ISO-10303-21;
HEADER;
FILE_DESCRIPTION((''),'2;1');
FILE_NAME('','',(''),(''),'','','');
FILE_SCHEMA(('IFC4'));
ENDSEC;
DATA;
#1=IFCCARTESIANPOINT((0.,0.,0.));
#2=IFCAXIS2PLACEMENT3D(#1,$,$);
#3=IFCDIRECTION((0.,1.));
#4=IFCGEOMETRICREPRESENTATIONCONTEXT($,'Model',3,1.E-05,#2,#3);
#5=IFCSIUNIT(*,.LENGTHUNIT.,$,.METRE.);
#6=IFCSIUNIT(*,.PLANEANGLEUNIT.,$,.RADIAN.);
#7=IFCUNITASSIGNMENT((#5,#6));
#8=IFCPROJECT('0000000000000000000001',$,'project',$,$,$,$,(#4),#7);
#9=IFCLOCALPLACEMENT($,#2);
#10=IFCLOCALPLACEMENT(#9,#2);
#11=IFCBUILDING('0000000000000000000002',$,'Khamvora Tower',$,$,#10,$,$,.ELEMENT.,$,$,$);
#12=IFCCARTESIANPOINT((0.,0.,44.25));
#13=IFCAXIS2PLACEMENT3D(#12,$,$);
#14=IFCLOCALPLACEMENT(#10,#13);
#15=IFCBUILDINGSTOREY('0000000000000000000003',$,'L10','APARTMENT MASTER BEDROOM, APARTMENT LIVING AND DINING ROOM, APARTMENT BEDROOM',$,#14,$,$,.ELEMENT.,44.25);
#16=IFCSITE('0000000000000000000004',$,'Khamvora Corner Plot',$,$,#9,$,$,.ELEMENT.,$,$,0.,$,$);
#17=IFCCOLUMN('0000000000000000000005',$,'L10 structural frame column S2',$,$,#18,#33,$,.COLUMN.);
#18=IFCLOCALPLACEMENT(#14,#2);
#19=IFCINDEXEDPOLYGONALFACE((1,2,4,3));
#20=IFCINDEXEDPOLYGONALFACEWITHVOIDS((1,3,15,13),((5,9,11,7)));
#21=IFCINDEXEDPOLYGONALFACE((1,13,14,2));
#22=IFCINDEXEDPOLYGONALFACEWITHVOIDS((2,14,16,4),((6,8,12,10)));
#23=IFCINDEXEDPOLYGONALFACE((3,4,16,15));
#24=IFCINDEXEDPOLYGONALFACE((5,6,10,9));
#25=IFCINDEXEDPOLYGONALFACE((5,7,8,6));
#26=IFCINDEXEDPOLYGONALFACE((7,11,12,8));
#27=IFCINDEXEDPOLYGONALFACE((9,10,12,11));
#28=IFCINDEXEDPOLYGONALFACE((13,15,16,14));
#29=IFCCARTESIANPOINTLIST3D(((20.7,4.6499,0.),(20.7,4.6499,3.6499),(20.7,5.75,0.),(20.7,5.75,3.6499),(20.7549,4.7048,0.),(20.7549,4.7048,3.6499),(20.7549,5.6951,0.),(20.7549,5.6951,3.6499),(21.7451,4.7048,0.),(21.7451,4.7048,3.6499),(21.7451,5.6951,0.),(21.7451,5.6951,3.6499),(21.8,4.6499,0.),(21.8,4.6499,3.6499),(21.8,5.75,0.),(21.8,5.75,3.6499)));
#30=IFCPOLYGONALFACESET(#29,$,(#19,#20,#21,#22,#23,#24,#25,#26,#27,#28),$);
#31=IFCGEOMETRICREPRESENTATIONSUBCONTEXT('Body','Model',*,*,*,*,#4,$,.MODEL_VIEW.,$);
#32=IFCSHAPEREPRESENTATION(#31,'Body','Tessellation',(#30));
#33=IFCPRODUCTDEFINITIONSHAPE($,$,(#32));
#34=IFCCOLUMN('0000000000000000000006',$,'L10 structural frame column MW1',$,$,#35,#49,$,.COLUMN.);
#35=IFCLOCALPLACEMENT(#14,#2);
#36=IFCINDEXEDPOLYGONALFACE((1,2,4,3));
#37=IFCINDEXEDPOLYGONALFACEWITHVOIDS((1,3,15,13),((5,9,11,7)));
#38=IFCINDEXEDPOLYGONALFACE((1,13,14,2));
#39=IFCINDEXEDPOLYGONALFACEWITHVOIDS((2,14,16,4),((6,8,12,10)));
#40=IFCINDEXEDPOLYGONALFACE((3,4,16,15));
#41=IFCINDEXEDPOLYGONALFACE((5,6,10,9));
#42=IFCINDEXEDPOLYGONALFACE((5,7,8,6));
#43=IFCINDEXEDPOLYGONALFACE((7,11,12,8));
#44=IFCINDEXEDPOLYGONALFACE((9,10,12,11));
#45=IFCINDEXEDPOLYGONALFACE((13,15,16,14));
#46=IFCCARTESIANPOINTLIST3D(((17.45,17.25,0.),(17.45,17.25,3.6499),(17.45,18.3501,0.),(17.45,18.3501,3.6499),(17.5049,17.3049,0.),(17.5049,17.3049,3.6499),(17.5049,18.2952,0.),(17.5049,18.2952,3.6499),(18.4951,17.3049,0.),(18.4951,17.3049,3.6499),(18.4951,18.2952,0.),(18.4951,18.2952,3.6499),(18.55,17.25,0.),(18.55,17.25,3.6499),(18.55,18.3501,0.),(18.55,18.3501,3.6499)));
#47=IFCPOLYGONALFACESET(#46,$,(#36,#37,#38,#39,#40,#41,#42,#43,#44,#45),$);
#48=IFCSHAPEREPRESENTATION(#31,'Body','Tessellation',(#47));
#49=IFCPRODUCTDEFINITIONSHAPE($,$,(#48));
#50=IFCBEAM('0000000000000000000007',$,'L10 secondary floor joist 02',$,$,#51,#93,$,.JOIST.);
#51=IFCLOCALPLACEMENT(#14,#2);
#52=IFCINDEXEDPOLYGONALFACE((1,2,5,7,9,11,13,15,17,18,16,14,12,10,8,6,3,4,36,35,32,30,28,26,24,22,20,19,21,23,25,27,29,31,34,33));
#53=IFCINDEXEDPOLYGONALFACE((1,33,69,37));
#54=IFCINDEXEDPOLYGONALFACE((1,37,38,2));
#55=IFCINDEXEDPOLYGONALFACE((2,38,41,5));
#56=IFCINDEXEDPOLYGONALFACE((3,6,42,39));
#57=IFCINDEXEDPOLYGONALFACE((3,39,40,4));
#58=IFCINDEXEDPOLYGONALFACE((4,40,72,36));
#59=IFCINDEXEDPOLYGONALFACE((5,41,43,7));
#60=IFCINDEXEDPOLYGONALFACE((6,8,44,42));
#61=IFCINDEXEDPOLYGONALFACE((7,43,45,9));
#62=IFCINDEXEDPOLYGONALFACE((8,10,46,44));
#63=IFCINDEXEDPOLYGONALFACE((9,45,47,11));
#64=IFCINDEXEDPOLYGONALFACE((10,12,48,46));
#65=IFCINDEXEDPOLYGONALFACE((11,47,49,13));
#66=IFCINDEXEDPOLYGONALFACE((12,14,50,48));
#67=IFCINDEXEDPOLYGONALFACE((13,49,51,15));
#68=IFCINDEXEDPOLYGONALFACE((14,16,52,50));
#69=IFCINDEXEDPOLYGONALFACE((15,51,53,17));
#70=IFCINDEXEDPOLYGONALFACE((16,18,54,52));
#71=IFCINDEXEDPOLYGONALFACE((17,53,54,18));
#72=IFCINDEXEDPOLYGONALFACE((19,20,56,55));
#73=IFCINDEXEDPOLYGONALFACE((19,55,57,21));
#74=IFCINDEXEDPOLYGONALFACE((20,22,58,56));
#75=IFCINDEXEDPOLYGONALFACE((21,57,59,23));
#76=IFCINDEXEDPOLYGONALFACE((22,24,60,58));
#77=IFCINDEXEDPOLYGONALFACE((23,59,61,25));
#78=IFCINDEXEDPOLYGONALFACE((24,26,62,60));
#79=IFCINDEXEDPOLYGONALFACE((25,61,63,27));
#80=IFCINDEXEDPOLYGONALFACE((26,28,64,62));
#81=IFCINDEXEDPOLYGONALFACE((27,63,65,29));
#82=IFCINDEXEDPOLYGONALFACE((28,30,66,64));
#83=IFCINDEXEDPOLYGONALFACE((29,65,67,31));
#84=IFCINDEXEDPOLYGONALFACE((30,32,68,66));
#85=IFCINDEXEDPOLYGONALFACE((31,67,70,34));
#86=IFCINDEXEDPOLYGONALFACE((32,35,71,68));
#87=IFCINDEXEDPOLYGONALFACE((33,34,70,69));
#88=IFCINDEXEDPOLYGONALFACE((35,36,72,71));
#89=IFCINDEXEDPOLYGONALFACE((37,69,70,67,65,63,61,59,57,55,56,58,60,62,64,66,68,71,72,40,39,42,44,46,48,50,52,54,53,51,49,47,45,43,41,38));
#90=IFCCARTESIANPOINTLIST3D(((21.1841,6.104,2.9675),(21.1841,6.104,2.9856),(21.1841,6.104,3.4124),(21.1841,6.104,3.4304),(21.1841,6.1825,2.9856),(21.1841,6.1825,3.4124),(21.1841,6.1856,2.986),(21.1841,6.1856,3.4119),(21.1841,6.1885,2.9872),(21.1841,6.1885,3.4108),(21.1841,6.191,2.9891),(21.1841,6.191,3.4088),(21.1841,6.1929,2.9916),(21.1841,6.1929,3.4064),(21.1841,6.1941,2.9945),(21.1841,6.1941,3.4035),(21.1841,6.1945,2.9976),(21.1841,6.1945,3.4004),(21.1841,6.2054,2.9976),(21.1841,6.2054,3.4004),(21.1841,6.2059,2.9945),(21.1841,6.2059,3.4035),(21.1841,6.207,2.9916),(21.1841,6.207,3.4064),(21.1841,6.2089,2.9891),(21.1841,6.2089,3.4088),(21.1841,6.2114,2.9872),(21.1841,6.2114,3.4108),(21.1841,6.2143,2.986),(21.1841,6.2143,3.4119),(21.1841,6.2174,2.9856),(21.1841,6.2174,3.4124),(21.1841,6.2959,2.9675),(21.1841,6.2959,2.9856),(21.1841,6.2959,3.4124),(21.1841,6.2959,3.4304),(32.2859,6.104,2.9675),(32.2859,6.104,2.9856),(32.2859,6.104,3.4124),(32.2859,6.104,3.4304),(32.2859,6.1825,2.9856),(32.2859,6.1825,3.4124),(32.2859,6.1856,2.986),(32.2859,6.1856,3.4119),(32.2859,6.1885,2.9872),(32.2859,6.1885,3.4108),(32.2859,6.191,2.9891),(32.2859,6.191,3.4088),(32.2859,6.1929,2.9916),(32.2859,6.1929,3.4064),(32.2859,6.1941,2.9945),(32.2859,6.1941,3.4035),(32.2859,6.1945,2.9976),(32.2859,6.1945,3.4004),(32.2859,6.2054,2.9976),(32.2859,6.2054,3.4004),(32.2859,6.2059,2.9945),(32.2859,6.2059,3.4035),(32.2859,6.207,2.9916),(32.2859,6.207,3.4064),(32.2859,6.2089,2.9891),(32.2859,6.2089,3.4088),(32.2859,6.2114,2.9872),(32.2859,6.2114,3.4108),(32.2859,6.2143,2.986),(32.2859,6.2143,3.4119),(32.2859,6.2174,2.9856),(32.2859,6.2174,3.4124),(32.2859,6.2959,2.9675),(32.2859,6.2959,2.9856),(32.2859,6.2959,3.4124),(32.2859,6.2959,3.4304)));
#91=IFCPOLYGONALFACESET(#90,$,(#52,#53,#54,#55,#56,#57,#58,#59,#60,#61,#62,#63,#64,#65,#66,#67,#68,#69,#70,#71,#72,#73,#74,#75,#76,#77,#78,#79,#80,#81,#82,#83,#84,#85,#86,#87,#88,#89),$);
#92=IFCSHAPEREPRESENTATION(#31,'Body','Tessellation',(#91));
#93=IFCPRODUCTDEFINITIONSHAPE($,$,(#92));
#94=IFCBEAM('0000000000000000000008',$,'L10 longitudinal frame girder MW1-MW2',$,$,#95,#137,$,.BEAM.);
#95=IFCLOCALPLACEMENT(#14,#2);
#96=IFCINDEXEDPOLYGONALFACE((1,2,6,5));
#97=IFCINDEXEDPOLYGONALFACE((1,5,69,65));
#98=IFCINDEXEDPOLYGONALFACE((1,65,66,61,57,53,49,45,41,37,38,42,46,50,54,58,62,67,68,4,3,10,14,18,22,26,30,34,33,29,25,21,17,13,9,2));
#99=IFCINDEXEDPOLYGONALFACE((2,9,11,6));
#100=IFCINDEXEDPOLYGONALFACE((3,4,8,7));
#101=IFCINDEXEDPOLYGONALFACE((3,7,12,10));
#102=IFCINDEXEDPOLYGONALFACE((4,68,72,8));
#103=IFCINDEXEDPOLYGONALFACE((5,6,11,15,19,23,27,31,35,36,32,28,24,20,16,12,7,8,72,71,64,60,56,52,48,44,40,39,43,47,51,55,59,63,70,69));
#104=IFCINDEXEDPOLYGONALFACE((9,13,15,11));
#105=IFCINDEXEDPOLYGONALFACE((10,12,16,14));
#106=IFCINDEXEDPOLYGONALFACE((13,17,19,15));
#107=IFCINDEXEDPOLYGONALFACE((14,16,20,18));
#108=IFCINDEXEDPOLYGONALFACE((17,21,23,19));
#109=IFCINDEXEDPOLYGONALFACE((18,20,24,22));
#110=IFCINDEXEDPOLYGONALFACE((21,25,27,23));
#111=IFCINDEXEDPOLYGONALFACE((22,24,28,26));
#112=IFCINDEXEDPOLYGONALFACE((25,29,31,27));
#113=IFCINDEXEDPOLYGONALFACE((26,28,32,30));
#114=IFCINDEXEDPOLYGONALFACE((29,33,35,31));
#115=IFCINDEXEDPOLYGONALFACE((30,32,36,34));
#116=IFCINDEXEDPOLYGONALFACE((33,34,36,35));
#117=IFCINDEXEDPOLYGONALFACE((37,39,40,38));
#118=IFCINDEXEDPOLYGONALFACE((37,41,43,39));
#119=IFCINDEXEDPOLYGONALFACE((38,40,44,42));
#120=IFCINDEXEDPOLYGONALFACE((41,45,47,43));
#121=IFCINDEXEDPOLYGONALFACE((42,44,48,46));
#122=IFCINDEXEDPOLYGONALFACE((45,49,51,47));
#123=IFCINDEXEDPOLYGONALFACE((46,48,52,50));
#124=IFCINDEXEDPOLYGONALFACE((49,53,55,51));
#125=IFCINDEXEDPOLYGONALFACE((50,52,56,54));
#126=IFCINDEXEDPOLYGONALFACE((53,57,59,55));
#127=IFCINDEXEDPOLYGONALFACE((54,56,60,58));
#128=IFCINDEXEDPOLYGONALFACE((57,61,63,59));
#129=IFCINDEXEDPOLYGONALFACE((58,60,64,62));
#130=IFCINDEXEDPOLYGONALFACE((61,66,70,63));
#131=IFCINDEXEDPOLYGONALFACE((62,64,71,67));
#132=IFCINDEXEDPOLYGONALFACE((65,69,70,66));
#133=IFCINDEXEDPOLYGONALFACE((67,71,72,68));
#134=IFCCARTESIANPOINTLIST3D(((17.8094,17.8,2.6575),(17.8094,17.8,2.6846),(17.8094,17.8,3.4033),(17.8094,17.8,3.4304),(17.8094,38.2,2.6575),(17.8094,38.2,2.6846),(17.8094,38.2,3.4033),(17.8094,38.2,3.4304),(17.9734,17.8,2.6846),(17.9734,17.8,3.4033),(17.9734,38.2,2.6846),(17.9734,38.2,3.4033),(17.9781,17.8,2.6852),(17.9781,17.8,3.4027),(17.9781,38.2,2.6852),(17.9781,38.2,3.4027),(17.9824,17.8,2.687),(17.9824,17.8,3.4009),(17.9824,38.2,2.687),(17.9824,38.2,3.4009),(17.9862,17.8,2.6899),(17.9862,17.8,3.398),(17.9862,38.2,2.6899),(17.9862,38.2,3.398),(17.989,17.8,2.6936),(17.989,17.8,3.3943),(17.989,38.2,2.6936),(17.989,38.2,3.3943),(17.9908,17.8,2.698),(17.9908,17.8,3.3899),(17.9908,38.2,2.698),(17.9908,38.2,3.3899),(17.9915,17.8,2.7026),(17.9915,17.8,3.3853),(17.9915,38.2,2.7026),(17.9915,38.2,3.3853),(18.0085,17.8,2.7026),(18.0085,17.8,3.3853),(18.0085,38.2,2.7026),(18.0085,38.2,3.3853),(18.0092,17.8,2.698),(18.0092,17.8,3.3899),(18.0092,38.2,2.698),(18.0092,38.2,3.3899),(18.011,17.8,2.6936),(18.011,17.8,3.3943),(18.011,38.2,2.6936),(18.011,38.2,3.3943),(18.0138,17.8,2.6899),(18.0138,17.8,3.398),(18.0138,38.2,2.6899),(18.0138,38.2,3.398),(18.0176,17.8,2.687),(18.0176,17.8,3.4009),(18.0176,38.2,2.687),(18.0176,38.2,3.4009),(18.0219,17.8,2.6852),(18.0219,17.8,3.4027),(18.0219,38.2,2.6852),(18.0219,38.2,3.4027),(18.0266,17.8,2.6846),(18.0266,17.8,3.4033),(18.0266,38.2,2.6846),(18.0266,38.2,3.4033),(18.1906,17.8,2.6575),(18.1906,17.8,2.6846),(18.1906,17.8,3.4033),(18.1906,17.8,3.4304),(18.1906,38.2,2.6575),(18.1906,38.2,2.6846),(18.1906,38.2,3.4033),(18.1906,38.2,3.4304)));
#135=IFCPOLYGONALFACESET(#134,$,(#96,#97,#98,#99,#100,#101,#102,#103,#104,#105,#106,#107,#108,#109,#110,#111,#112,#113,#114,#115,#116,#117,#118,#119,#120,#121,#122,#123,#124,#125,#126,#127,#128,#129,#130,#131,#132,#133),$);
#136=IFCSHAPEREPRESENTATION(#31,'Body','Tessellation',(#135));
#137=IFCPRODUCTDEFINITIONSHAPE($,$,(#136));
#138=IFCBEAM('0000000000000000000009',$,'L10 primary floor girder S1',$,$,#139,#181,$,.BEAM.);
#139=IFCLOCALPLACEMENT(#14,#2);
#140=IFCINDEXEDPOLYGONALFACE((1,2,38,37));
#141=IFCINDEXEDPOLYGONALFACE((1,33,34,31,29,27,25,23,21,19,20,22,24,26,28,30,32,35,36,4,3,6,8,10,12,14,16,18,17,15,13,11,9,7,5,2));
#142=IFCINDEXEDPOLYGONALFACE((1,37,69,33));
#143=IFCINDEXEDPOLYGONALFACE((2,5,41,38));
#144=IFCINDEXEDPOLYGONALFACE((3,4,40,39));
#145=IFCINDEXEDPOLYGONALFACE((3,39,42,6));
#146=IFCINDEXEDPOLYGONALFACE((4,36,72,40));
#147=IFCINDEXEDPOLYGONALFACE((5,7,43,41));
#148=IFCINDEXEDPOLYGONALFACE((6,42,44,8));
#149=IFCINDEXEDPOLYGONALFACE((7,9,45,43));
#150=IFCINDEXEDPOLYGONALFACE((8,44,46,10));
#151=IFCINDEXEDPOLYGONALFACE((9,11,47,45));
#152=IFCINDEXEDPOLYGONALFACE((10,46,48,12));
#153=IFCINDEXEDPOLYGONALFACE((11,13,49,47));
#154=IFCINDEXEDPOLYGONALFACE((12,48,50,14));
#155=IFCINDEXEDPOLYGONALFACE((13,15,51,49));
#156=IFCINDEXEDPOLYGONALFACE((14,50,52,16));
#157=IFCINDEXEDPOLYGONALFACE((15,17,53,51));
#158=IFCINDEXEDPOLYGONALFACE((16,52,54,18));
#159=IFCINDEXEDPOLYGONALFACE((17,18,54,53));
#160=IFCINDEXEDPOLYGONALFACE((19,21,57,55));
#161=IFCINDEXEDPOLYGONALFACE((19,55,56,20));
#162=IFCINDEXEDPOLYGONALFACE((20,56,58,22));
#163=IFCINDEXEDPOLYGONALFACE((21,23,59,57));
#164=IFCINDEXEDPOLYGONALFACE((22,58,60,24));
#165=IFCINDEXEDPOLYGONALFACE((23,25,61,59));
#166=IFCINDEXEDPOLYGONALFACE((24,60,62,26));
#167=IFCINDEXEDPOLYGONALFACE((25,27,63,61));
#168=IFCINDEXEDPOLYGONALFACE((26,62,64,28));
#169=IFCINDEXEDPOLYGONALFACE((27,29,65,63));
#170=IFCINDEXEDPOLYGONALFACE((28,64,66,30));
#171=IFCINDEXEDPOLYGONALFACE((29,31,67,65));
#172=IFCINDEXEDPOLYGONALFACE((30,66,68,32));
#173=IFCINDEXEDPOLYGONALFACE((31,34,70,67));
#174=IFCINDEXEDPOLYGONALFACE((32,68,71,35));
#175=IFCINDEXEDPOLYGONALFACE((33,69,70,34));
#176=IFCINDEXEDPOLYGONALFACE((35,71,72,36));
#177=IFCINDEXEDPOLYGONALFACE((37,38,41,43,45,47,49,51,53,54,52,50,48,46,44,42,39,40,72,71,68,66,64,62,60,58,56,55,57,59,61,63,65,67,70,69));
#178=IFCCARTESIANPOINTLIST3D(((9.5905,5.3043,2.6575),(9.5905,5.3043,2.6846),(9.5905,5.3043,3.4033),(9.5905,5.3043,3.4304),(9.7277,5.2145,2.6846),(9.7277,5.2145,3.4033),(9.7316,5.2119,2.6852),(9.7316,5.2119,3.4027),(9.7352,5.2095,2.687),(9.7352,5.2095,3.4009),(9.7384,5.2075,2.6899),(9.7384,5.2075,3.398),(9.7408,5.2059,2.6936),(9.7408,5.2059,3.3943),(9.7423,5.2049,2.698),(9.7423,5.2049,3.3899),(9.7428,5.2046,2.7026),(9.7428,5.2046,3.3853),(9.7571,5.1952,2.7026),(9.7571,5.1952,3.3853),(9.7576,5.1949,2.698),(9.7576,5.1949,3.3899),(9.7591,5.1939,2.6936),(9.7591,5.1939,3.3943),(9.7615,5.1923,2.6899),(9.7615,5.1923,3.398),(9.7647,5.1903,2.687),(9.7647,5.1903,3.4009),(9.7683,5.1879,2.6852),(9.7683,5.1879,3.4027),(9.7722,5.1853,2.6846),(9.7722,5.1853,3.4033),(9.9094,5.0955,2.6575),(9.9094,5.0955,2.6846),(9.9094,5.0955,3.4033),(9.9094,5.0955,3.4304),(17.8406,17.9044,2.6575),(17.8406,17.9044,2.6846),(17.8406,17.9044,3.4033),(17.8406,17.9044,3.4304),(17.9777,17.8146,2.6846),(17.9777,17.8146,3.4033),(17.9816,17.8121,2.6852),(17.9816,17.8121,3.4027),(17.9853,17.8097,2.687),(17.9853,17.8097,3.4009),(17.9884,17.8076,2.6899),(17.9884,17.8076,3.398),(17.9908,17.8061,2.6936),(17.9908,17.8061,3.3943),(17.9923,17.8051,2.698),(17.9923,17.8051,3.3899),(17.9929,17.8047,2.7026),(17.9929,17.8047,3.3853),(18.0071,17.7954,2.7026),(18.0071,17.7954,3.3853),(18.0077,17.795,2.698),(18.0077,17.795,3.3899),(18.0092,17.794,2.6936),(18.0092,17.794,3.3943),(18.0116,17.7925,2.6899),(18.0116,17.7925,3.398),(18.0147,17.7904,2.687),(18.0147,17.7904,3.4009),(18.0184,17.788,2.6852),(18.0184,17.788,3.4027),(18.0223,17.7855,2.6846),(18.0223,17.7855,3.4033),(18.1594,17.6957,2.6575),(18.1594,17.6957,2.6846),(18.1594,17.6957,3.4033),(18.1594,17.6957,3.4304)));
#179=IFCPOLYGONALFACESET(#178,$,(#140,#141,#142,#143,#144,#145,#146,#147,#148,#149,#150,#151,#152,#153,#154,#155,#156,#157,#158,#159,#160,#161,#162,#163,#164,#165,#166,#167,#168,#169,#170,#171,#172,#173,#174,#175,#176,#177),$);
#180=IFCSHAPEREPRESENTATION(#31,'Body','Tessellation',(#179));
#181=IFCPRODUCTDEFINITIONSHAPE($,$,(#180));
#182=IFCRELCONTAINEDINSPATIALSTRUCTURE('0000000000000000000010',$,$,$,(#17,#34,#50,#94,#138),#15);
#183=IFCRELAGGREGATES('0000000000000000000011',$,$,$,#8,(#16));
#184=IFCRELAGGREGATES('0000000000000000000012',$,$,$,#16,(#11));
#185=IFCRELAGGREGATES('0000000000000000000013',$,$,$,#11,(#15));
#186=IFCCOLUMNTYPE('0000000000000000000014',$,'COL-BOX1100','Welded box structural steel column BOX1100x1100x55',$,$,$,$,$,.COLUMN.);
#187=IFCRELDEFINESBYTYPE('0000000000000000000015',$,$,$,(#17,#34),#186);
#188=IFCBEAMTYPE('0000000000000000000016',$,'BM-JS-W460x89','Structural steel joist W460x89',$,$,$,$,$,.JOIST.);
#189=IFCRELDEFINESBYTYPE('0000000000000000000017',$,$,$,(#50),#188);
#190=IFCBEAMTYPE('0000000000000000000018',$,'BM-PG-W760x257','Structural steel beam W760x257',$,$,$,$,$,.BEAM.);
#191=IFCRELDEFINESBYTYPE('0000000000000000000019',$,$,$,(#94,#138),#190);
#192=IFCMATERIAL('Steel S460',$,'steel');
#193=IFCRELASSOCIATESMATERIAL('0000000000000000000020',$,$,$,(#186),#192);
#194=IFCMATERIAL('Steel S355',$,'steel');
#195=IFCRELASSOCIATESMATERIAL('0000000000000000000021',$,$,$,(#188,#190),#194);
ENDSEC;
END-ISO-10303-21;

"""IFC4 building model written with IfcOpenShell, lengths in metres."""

from ifc_helpers import new_model, si_unit, direction, frame, origin, origin_2d, place, context, subcontext, project, spatial, hollow_rectangle, i_section, extrude, material, material_profile, profile_set, type_object, element, save


model = new_model("IFC4")

# Units and contexts
model_context = context("Model", 3, precision=1e-05, world=origin(), true_north=direction((0.0, 1.0)))
body_context = subcontext(model_context, "Body", "Model", "MODEL_VIEW")
ifc_project = project(units=[si_unit("LENGTHUNIT", "METRE"), si_unit("PLANEANGLEUNIT", "RADIAN")], contexts=[model_context])

# Site, building, storey
site_placement = place(None, origin())
site = spatial("IfcSite", under=ifc_project, at=site_placement, Name="Khamvora Corner Plot", CompositionType="ELEMENT", RefElevation=0.0)
building_placement = place(site_placement, origin())
building = spatial("IfcBuilding", under=site, at=building_placement, Name="Khamvora Tower", CompositionType="ELEMENT")
storey_placement = place(building_placement, frame((0.0, 0.0, 44.25)))
storey = spatial("IfcBuildingStorey", under=building, at=storey_placement, Name="L10", Description="APARTMENT MASTER BEDROOM, APARTMENT LIVING AND DINING ROOM, APARTMENT BEDROOM", CompositionType="ELEMENT", Elevation=44.25)

# Columns
ifc_material_1 = material(Name="Steel S460", Category="steel")
ifc_material_profile_1 = material_profile(ifc_material_1, hollow_rectangle(XDim=1.1001, YDim=1.1001, WallThickness=0.0549, at=origin_2d()), Name="BOX1100x1100x55")
ifc_profile_set_1 = profile_set([ifc_material_profile_1], Name="Steel S460")
column_type = type_object("IfcColumnType", Name="COL-BOX1100", Description="Welded box structural steel column BOX1100x1100x55", PredefinedType="COLUMN", material=ifc_profile_set_1)
for number, where, z_axis, x_axis, name in (
    (1, (21.25, 5.2, 0.0), (0.0, 0.0, 1.0), (1.0, 0.0, 0.0), "L10 structural frame column S2"),
    (2, (18.0, 17.8, 0.0), (0.0, 0.0, 1.0), (1.0, 0.0, 0.0), "L10 structural frame column MW1"),
):
    element("IfcColumn", number, at=place(storey_placement, frame(where, z_axis=z_axis, x_axis=x_axis)), inside=storey, type_object=column_type, Name=name, PredefinedType="COLUMN", context=body_context, shape_type="SweptSolid", body=[
        extrude(hollow_rectangle(XDim=1.1001, YDim=1.1001, WallThickness=0.0549, at=origin_2d()), origin(), (0.0, 0.0, 1.0), 3.6499),
    ])

# Beams
ifc_material_2 = material(Name="Steel S355", Category="steel")
ifc_material_profile_2 = material_profile(ifc_material_2, i_section(OverallWidth=0.1919, OverallDepth=0.4629, WebThickness=0.011, FlangeThickness=0.0181, FilletRadius=0.012, at=origin_2d()), Name="W460x89")
ifc_profile_set_2 = profile_set([ifc_material_profile_2], Name="Steel S355")
beam_type_1 = type_object("IfcBeamType", Name="BM-JS-W460x89", Description="Structural steel joist W460x89", PredefinedType="JOIST", material=ifc_profile_set_2)
beam_1_placement = place(storey_placement, frame((21.1841, 6.2, 3.199), z_axis=(1.0, 0.0, 0.0), x_axis=(0.0, 1.0, 0.0)))
element("IfcBeam", 3, at=beam_1_placement, inside=storey, type_object=beam_type_1, Name="L10 secondary floor joist 02", PredefinedType="JOIST", context=body_context, shape_type="SweptSolid", body=[
    extrude(i_section(OverallWidth=0.1919, OverallDepth=0.4629, WebThickness=0.011, FlangeThickness=0.0181, FilletRadius=0.012, at=origin_2d()), origin(), (0.0, 0.0, 1.0), 11.1018),
])
ifc_material_profile_3 = material_profile(ifc_material_2, i_section(OverallWidth=0.3811, OverallDepth=0.7729, WebThickness=0.0171, FlangeThickness=0.0271, FilletRadius=0.0181, at=origin_2d()), Name="W760x257")
ifc_profile_set_3 = profile_set([ifc_material_profile_3], Name="Steel S355")
beam_type_2 = type_object("IfcBeamType", Name="BM-PG-W760x257", Description="Structural steel beam W760x257", PredefinedType="BEAM", material=ifc_profile_set_3)
beam_2_placement = place(storey_placement, frame((18.0, 17.8, 3.0439), z_axis=(0.0, 1.0, 0.0), x_axis=(-1.0, 0.0, 0.0)))
element("IfcBeam", 4, at=beam_2_placement, inside=storey, type_object=beam_type_2, Name="L10 longitudinal frame girder MW1-MW2", PredefinedType="BEAM", context=body_context, shape_type="SweptSolid", body=[
    extrude(i_section(OverallWidth=0.3811, OverallDepth=0.7729, WebThickness=0.0171, FlangeThickness=0.0271, FilletRadius=0.0181, at=origin_2d()), origin(), (0.0, 0.0, 1.0), 20.3999),
])
beam_3_placement = place(storey_placement, frame((18.0, 17.8, 3.0439), z_axis=(-0.547783, -0.83662, 0.0), x_axis=(0.83662, -0.547783, 0.0)))
element("IfcBeam", 5, at=beam_3_placement, inside=storey, type_object=beam_type_2, Name="L10 primary floor girder S1", PredefinedType="BEAM", context=body_context, shape_type="SweptSolid", body=[
    extrude(i_section(OverallWidth=0.3811, OverallDepth=0.7729, WebThickness=0.0171, FlangeThickness=0.0271, FilletRadius=0.0181, at=origin_2d()), origin(), (0.0, 0.0, 1.0), 15.0608),
])

save(model, "model.ifc")
